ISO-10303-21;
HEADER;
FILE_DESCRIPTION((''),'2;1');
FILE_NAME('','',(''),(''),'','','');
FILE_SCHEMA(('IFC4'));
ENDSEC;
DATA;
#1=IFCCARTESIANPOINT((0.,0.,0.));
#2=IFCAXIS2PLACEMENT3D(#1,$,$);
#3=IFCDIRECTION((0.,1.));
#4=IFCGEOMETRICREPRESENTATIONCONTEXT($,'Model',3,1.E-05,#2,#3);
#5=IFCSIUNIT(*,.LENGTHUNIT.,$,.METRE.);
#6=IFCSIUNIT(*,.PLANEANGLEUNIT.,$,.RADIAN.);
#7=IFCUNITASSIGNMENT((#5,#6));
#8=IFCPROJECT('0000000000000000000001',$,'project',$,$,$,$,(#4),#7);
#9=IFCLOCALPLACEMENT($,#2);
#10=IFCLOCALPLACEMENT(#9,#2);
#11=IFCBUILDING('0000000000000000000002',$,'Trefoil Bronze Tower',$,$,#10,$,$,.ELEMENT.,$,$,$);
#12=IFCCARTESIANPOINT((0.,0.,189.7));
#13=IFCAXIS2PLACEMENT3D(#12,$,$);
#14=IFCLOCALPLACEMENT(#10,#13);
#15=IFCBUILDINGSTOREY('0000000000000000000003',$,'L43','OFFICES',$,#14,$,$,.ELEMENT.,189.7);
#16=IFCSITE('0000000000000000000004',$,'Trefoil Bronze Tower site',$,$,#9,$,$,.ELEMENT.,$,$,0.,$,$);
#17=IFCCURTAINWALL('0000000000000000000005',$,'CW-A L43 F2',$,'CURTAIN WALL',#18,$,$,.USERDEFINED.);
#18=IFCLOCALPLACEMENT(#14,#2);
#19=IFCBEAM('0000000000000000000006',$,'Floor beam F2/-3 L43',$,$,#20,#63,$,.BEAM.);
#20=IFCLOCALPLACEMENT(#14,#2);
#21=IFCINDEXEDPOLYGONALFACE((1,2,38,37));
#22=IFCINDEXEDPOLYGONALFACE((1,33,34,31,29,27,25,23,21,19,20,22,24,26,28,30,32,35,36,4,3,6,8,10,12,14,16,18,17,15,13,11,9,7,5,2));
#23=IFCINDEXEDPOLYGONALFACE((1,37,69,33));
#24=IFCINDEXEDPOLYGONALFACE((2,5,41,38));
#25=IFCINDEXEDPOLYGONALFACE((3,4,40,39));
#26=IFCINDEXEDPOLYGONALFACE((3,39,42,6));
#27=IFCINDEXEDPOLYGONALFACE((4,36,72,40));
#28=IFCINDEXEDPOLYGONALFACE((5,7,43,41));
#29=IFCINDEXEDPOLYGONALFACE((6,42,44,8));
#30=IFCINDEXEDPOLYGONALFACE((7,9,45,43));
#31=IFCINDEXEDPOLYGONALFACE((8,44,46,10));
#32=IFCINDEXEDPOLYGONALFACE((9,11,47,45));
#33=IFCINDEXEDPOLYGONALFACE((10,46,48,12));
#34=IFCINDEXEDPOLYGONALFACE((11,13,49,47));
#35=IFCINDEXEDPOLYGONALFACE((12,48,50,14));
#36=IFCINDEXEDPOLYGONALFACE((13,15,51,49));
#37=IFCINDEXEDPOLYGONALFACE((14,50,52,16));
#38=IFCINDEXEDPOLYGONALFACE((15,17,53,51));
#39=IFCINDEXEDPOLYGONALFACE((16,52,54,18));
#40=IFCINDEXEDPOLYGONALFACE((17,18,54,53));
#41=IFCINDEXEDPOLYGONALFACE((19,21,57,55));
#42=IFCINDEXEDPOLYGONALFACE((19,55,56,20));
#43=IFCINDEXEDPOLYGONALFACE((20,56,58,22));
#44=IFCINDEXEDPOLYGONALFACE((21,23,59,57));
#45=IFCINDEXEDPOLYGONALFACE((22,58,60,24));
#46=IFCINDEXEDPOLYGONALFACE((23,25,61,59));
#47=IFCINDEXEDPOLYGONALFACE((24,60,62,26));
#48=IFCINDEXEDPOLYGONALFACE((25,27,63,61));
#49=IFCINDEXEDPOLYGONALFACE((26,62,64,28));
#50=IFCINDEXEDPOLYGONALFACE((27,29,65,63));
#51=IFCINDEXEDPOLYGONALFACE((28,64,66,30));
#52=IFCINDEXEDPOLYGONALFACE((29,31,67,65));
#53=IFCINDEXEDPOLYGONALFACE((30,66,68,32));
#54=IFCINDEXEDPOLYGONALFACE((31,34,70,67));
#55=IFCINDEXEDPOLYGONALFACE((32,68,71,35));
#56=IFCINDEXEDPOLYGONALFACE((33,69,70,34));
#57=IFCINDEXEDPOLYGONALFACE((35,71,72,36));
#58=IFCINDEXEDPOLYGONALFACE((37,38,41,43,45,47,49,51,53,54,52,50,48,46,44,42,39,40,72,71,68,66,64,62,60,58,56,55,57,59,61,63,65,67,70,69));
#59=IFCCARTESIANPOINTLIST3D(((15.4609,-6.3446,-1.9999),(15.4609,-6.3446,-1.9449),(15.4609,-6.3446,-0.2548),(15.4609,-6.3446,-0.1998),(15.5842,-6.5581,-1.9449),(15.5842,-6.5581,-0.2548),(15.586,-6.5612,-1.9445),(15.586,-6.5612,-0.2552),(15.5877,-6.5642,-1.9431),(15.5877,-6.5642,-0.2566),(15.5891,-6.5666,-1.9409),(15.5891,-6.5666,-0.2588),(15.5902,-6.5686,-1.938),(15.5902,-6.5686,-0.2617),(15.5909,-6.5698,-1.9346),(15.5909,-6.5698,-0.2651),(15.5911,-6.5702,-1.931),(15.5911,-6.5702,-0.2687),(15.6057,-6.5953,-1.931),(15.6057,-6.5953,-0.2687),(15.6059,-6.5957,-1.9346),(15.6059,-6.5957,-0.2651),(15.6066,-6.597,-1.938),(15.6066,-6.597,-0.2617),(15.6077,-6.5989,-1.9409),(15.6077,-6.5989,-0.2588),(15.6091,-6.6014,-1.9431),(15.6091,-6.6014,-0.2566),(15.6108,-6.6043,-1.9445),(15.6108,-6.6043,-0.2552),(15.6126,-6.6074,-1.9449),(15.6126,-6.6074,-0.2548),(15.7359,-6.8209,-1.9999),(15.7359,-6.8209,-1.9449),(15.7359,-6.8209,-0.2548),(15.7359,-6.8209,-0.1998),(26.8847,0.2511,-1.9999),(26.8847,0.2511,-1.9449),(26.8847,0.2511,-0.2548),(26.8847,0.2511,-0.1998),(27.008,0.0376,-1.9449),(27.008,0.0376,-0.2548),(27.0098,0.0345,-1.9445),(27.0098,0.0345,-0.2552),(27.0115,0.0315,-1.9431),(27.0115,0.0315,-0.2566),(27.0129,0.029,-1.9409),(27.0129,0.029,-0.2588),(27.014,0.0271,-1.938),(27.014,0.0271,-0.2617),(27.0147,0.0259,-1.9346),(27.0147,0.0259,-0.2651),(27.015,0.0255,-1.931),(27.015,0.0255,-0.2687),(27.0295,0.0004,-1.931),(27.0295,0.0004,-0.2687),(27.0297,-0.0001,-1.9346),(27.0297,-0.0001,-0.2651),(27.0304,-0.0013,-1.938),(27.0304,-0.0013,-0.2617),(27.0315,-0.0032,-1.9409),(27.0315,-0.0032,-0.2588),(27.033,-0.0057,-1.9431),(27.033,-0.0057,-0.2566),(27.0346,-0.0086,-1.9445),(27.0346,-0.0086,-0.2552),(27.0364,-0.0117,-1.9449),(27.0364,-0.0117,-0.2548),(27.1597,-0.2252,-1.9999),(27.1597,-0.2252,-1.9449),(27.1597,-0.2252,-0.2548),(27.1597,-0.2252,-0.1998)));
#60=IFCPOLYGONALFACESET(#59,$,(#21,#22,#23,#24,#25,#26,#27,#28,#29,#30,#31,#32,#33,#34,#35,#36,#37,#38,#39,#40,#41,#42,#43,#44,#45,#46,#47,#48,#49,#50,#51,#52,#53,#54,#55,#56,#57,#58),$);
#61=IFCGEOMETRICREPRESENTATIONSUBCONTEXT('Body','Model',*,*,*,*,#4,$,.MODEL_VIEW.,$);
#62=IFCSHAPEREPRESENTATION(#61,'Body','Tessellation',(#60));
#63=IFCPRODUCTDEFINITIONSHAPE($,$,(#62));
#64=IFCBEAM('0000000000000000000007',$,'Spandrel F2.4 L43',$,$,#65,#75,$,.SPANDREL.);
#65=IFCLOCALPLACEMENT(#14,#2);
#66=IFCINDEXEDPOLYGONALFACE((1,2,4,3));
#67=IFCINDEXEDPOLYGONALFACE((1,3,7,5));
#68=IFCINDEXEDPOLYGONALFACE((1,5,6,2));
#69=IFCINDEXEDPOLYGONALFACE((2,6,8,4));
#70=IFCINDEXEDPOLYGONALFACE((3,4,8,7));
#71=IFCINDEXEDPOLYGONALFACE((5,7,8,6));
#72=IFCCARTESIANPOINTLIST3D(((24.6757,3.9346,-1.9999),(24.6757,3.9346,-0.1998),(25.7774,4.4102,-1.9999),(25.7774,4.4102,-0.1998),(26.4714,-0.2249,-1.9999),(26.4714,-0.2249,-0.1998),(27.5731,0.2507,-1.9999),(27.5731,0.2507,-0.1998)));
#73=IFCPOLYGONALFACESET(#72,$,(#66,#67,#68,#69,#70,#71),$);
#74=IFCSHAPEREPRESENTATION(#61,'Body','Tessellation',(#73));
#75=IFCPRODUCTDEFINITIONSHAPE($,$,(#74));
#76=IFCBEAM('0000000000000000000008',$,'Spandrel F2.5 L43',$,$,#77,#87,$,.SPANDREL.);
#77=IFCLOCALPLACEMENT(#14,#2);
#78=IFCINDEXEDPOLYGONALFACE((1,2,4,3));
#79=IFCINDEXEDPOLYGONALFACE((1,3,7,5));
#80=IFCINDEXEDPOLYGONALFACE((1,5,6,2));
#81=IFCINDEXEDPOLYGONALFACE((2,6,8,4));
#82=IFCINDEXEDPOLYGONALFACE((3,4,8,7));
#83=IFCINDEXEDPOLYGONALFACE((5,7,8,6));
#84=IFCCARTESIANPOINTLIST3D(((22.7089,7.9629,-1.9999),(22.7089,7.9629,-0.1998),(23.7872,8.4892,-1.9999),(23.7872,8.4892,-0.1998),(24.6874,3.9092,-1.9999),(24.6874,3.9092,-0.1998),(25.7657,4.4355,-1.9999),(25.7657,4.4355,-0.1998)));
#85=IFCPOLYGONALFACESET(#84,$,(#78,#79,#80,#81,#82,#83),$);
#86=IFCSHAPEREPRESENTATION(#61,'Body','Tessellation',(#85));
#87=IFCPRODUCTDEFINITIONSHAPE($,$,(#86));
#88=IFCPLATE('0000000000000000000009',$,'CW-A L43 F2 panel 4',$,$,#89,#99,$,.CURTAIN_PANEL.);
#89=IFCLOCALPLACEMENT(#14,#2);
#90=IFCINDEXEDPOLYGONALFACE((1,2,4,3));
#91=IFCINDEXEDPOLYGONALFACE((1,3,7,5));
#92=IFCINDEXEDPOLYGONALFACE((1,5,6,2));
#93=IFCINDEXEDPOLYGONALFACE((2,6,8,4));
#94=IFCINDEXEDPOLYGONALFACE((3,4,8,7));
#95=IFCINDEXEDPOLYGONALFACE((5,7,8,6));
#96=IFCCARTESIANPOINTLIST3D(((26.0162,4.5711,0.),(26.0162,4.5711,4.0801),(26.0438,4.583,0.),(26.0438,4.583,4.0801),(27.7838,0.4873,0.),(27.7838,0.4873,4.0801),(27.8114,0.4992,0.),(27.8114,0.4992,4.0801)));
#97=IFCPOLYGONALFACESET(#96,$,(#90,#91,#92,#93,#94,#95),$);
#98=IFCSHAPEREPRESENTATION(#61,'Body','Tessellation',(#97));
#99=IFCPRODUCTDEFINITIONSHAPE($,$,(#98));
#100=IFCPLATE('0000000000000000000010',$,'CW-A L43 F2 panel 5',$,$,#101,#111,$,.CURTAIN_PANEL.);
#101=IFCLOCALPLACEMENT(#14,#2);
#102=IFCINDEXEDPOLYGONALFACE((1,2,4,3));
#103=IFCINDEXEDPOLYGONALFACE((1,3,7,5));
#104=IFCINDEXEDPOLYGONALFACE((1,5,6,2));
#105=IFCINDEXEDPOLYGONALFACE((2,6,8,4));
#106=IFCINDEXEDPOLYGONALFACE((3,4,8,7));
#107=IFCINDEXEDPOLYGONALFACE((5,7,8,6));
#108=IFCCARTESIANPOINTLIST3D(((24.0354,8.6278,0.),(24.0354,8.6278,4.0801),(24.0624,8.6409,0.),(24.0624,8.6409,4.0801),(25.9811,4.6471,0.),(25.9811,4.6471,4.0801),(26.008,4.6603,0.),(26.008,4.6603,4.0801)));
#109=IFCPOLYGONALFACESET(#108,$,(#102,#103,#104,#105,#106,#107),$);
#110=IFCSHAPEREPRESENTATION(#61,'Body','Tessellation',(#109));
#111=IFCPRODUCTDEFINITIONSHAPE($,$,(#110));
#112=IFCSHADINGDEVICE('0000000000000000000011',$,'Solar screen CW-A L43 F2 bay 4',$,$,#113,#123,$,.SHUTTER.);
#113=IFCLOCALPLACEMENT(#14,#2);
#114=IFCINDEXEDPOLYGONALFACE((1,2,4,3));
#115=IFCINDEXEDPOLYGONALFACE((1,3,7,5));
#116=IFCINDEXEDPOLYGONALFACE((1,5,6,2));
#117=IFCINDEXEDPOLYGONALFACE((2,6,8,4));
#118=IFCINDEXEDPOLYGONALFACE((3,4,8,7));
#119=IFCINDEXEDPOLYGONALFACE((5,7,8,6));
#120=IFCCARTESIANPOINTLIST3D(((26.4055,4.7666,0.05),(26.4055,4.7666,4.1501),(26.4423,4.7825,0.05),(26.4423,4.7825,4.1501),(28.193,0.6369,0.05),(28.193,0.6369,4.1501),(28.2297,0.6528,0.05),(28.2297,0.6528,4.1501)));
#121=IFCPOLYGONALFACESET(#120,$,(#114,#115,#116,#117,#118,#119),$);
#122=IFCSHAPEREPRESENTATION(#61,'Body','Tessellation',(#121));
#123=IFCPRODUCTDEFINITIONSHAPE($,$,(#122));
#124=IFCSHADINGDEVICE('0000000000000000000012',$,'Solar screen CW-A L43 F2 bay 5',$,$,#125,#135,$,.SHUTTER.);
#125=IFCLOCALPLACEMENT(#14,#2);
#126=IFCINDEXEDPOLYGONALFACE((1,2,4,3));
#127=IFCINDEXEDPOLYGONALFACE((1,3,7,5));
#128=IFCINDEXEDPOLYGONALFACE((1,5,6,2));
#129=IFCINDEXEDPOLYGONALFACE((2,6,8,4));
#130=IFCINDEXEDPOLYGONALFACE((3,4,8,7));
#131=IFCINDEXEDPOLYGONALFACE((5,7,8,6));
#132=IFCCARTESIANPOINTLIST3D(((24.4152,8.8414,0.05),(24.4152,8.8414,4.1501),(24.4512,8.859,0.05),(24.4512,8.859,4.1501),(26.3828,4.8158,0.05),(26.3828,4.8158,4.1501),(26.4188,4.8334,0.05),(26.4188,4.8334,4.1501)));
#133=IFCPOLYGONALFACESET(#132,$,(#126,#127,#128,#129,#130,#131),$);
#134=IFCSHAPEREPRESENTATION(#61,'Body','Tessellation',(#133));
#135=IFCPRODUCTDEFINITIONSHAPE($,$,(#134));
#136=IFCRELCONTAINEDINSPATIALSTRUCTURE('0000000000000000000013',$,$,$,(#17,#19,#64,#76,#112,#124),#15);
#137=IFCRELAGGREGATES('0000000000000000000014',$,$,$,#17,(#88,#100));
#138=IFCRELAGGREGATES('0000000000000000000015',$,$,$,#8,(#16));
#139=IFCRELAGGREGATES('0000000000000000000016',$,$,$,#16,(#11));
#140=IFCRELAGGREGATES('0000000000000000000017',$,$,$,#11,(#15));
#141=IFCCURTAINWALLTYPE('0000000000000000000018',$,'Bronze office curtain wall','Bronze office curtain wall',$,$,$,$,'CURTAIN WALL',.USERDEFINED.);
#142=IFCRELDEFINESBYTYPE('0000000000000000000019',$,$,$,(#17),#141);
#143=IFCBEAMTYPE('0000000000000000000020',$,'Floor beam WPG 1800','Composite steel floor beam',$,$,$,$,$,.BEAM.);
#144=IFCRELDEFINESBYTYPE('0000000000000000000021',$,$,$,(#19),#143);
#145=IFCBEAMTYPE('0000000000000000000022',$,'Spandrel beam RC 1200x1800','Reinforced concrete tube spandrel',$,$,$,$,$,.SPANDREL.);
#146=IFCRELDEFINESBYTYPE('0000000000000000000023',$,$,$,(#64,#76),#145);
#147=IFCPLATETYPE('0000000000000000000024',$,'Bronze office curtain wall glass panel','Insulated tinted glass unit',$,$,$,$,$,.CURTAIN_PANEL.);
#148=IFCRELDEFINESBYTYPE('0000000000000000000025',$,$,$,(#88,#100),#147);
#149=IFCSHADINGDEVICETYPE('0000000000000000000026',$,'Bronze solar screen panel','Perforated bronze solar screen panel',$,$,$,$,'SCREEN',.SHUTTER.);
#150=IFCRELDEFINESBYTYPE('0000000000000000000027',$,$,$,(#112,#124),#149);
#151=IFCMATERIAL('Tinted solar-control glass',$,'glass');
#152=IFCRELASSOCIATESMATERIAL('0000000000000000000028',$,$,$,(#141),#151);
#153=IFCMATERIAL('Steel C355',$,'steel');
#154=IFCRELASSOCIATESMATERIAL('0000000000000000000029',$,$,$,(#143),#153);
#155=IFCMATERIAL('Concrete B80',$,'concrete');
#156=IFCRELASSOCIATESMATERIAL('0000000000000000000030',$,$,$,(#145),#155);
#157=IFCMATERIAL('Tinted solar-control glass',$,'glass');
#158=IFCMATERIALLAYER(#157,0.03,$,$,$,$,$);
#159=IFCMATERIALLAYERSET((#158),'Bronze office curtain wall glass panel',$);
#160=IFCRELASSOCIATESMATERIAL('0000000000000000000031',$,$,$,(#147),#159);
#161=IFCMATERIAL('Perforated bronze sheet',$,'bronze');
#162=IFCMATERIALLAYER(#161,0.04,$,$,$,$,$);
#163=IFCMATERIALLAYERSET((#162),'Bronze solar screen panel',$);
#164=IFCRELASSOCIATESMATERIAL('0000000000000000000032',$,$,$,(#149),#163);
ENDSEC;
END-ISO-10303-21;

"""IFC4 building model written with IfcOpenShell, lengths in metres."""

from ifc_helpers import new_model, si_unit, direction, frame, origin, origin_2d, place, context, subcontext, project, spatial, rectangle, i_section, extrude, material, layer, layer_set, material_profile, profile_set, type_object, element, aggregate, save


model = new_model("IFC4")

# Units and contexts
model_context = context("Model", 3, precision=1e-05, world=origin(), true_north=direction((0.0, 1.0)))
body_context = subcontext(model_context, "Body", "Model", "MODEL_VIEW")
ifc_project = project(units=[si_unit("LENGTHUNIT", "METRE"), si_unit("PLANEANGLEUNIT", "RADIAN")], contexts=[model_context])

# Site, building, storey
site_placement = place(None, origin())
site = spatial("IfcSite", under=ifc_project, at=site_placement, Name="Trefoil Bronze Tower site", CompositionType="ELEMENT", RefElevation=0.0)
building_placement = place(site_placement, origin())
building = spatial("IfcBuilding", under=site, at=building_placement, Name="Trefoil Bronze Tower", CompositionType="ELEMENT")
storey_placement = place(building_placement, frame((0.0, 0.0, 189.7)))
storey = spatial("IfcBuildingStorey", under=building, at=storey_placement, Name="L43", Description="OFFICES", CompositionType="ELEMENT", Elevation=189.7)

# Curtain wall
ifc_material_1 = material(Name="Tinted solar-control glass", Category="glass")
curtain_wall_type = type_object("IfcCurtainWallType", Name="Bronze office curtain wall", Description="Bronze office curtain wall", ElementType="CURTAIN WALL", PredefinedType="USERDEFINED", material=ifc_material_1)
curtain_wall_placement = place(storey_placement, origin())
curtain_wall = element("IfcCurtainWall", 1, at=curtain_wall_placement, inside=storey, type_object=curtain_wall_type, Name="CW-A L43 F2", ObjectType="CURTAIN WALL", PredefinedType="USERDEFINED")

# Beams
ifc_material_2 = material(Name="Steel C355", Category="steel")
ifc_material_profile_1 = material_profile(ifc_material_2, i_section(OverallWidth=0.55, OverallDepth=1.8, WebThickness=0.0291, FlangeThickness=0.0549, FilletRadius=0.0139, at=origin_2d()), Name="WPG 1800")
ifc_profile_set_1 = profile_set([ifc_material_profile_1], Name="Steel C355")
beam_type_1 = type_object("IfcBeamType", Name="Floor beam WPG 1800", Description="Composite steel floor beam", PredefinedType="BEAM", material=ifc_profile_set_1)
beam_1_placement = place(storey_placement, frame((27.0222, 0.0129, -1.0999), z_axis=(-0.86602, -0.500009, 0.0), x_axis=(0.500009, -0.86602, 0.0)))
element("IfcBeam", 2, at=beam_1_placement, inside=storey, type_object=beam_type_1, Name="Floor beam F2/-3 L43", PredefinedType="BEAM", context=body_context, shape_type="SweptSolid", body=[
    extrude(i_section(OverallWidth=0.55, OverallDepth=1.8, WebThickness=0.0291, FlangeThickness=0.0549, FilletRadius=0.0139, at=origin_2d()), origin(), (0.0, 0.0, 1.0), 13.1912),
])
ifc_material_3 = material(Name="Concrete B80", Category="concrete")
ifc_material_profile_2 = material_profile(ifc_material_3, rectangle(XDim=1.2, YDim=1.8, at=origin_2d()), Name="RC 1200x1800")
ifc_profile_set_2 = profile_set([ifc_material_profile_2], Name="Concrete B80")
beam_type_2 = type_object("IfcBeamType", Name="Spandrel beam RC 1200x1800", Description="Reinforced concrete tube spandrel", PredefinedType="SPANDREL", material=ifc_profile_set_2)
beam_2_placement = place(storey_placement, frame((27.0222, 0.0129, -1.0999), z_axis=(-0.39635, 0.918099, 0.0), x_axis=(-0.918099, -0.39635, 0.0)))
element("IfcBeam", 3, at=beam_2_placement, inside=storey, type_object=beam_type_2, Name="Spandrel F2.4 L43", PredefinedType="SPANDREL", context=body_context, shape_type="SweptSolid", body=[
    extrude(rectangle(XDim=1.2, YDim=1.8, at=origin_2d()), origin(), (0.0, 0.0, 1.0), 4.5305),
])
beam_3_placement = place(storey_placement, frame((25.2266, 4.1724, -1.0999), z_axis=(-0.43862, 0.898673, 0.0), x_axis=(-0.898673, -0.43862, 0.0)))
element("IfcBeam", 4, at=beam_3_placement, inside=storey, type_object=beam_type_2, Name="Spandrel F2.5 L43", PredefinedType="SPANDREL", context=body_context, shape_type="SweptSolid", body=[
    extrude(rectangle(XDim=1.2, YDim=1.8, at=origin_2d()), origin(), (0.0, 0.0, 1.0), 4.5107),
])

# Plates
ifc_material_4 = material(Name="Tinted solar-control glass", Category="glass")
ifc_layer_1 = layer(ifc_material_4, 0.03)
ifc_layer_set_1 = layer_set([ifc_layer_1], Name="Bronze office curtain wall glass panel")
plate_type = type_object("IfcPlateType", Name="Bronze office curtain wall glass panel", Description="Insulated tinted glass unit", PredefinedType="CURTAIN_PANEL", material=ifc_layer_set_1)
plate_1_placement = place(storey_placement, frame((26.9138, 2.5352, 0.0), z_axis=(0.0, 0.0, 1.0), x_axis=(-0.39722, 0.917723, 0.0)))
plate_1 = element("IfcPlate", 5, at=plate_1_placement, type_object=plate_type, Name="CW-A L43 F2 panel 4", PredefinedType="CURTAIN_PANEL", context=body_context, shape_type="SweptSolid", body=[
    extrude(rectangle(XDim=4.45, YDim=0.03, at=origin_2d()), origin(), (0.0, 0.0, 1.0), 4.0801),
])
plate_2_placement = place(storey_placement, frame((25.0217, 6.644, 0.0), z_axis=(0.0, 0.0, 1.0), x_axis=(-0.439129, 0.898424, 0.0)))
plate_2 = element("IfcPlate", 6, at=plate_2_placement, type_object=plate_type, Name="CW-A L43 F2 panel 5", PredefinedType="CURTAIN_PANEL", context=body_context, shape_type="SweptSolid", body=[
    extrude(rectangle(XDim=4.4307, YDim=0.03, at=origin_2d()), origin(), (0.0, 0.0, 1.0), 4.0801),
])
aggregate(curtain_wall, [plate_1, plate_2])

# Shading devices
ifc_material_5 = material(Name="Perforated bronze sheet", Category="bronze")
ifc_layer_2 = layer(ifc_material_5, 0.04)
ifc_layer_set_2 = layer_set([ifc_layer_2], Name="Bronze solar screen panel")
shading_device_type = type_object("IfcShadingDeviceType", Name="Bronze solar screen panel", Description="Perforated bronze solar screen panel", ElementType="SCREEN", PredefinedType="SHUTTER", material=ifc_layer_set_2)
shading_device_1_placement = place(storey_placement, frame((27.3176, 2.7097, 0.05), z_axis=(0.0, 0.0, 1.0), x_axis=(-0.39722, 0.917723, 0.0)))
element("IfcShadingDevice", 7, at=shading_device_1_placement, inside=storey, type_object=shading_device_type, Name="Solar screen CW-A L43 F2 bay 4", PredefinedType="SHUTTER", context=body_context, shape_type="SweptSolid", body=[
    extrude(rectangle(XDim=4.5, YDim=0.04, at=origin_2d()), origin(), (0.0, 0.0, 1.0), 4.1001),
])
shading_device_2_placement = place(storey_placement, frame((25.417, 6.8374, 0.05), z_axis=(0.0, 0.0, 1.0), x_axis=(-0.439129, 0.898424, 0.0)))
element("IfcShadingDevice", 8, at=shading_device_2_placement, inside=storey, type_object=shading_device_type, Name="Solar screen CW-A L43 F2 bay 5", PredefinedType="SHUTTER", context=body_context, shape_type="SweptSolid", body=[
    extrude(rectangle(XDim=4.4807, YDim=0.04, at=origin_2d()), origin(), (0.0, 0.0, 1.0), 4.1001),
])

save(model, "model.ifc")
